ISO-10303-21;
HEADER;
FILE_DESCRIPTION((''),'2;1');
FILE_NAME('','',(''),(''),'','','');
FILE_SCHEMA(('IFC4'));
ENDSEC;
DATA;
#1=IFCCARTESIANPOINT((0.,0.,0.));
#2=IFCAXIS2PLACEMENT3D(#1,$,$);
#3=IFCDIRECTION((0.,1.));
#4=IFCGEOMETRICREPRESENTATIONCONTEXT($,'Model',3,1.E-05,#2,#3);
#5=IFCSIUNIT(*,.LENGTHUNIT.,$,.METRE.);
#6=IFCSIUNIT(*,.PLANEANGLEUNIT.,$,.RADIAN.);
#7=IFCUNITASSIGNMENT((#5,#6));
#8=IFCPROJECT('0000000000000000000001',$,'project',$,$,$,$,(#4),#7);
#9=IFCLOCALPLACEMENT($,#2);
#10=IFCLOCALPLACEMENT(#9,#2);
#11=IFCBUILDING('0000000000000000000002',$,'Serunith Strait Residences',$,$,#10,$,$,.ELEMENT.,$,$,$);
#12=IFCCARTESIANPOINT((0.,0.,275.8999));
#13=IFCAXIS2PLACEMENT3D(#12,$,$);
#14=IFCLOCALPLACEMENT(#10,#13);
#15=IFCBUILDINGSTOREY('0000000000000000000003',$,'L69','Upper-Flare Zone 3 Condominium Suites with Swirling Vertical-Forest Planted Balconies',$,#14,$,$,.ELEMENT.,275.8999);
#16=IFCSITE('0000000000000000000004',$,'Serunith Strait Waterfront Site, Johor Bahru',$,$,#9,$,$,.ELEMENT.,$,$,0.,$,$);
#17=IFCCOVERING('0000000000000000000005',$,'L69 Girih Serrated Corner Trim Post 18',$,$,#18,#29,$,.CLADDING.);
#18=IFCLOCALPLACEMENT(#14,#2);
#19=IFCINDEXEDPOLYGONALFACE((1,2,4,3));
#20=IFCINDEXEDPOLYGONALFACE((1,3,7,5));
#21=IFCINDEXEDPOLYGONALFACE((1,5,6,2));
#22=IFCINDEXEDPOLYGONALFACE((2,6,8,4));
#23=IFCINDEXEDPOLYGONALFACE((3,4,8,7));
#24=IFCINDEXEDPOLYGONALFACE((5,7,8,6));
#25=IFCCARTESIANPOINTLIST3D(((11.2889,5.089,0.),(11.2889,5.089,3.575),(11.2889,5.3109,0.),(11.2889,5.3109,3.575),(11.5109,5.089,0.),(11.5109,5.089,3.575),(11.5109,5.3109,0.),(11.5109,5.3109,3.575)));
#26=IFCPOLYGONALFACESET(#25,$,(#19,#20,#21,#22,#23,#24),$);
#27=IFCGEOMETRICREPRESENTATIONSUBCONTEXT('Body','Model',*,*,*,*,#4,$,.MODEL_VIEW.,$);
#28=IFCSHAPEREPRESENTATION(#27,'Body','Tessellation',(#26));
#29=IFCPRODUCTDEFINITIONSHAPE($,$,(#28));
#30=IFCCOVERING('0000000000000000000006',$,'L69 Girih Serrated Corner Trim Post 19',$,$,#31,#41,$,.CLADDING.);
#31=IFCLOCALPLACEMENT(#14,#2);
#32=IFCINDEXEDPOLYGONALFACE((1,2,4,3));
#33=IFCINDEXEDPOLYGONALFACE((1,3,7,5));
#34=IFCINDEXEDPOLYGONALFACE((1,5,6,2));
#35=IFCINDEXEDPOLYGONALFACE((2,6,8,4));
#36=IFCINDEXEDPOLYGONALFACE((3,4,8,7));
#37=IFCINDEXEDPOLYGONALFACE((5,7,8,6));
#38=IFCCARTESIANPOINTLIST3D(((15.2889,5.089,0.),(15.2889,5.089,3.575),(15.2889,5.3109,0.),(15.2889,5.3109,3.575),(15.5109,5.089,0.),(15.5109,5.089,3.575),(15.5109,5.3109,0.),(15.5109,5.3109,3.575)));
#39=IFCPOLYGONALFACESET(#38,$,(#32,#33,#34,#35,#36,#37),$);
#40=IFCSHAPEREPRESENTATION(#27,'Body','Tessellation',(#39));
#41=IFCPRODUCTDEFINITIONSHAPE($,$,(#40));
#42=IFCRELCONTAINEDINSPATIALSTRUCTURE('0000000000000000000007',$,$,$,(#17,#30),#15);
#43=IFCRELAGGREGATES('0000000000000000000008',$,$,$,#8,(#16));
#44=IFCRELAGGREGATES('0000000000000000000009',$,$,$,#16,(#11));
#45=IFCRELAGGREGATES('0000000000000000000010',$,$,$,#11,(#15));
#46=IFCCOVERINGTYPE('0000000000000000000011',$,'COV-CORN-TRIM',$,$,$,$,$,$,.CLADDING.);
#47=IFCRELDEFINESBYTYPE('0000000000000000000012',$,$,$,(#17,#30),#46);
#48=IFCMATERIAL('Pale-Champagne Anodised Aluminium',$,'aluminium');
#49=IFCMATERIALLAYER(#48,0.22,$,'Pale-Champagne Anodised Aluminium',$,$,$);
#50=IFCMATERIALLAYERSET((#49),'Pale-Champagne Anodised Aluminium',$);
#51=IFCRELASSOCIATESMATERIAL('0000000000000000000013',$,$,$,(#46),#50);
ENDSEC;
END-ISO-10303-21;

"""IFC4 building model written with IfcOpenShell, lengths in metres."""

from ifc_helpers import new_model, si_unit, direction, frame, origin, origin_2d, place, context, subcontext, project, spatial, rectangle, extrude, source, transform, mapped, material, layer, layer_set, type_object, element, save


model = new_model("IFC4")

# Units and contexts
model_context = context("Model", 3, precision=1e-05, world=origin(), true_north=direction((0.0, 1.0)))
body_context = subcontext(model_context, "Body", "Model", "MODEL_VIEW")
ifc_project = project(units=[si_unit("LENGTHUNIT", "METRE"), si_unit("PLANEANGLEUNIT", "RADIAN")], contexts=[model_context])

# Site, building, storey
site_placement = place(None, origin())
site = spatial("IfcSite", under=ifc_project, at=site_placement, Name="Serunith Strait Waterfront Site, Johor Bahru", CompositionType="ELEMENT", RefElevation=0.0)
building_placement = place(site_placement, origin())
building = spatial("IfcBuilding", under=site, at=building_placement, Name="Serunith Strait Residences", CompositionType="ELEMENT")
storey_placement = place(building_placement, frame((0.0, 0.0, 275.8999)))
storey = spatial("IfcBuildingStorey", under=building, at=storey_placement, Name="L69", Description="Upper-Flare Zone 3 Condominium Suites with Swirling Vertical-Forest Planted Balconies", CompositionType="ELEMENT", Elevation=275.8999)

# Shared definitions
ifc_material_1 = material(Name="Pale-Champagne Anodised Aluminium", Category="aluminium")

# Coverings
ifc_layer_1 = layer(ifc_material_1, 0.22, Name="Pale-Champagne Anodised Aluminium")
ifc_layer_set_1 = layer_set([ifc_layer_1], Name="Pale-Champagne Anodised Aluminium")
covering_type_1 = type_object("IfcCoveringType", Name="COV-CORN-TRIM", PredefinedType="CLADDING", material=ifc_layer_set_1)
shared_shape_1 = source(origin(), body_context, "Body", "SweptSolid", [
    extrude(rectangle(XDim=0.2219, YDim=0.2219, at=origin_2d()), origin(), (0.0, 0.0, 1.0), 3.575),
])
for number, where, z_axis, x_axis, name in (
    (1, (11.3999, 5.2, 0.0), (0.0, 0.0, 1.0), (1.0, 0.0, 0.0), "L69 Girih Serrated Corner Trim Post 18"),
    (2, (15.3999, 5.2, 0.0), (0.0, 0.0, 1.0), (1.0, 0.0, 0.0), "L69 Girih Serrated Corner Trim Post 19"),
):
    element("IfcCovering", number, at=place(storey_placement, frame(where, z_axis=z_axis, x_axis=x_axis)), inside=storey, type_object=covering_type_1, Name=name, PredefinedType="CLADDING", context=body_context, shape_type="MappedRepresentation", body=[
        mapped(shared_shape_1, transform((0.0, 0.0, 0.0), scale=1.0)),
    ])

save(model, "model.ifc")
